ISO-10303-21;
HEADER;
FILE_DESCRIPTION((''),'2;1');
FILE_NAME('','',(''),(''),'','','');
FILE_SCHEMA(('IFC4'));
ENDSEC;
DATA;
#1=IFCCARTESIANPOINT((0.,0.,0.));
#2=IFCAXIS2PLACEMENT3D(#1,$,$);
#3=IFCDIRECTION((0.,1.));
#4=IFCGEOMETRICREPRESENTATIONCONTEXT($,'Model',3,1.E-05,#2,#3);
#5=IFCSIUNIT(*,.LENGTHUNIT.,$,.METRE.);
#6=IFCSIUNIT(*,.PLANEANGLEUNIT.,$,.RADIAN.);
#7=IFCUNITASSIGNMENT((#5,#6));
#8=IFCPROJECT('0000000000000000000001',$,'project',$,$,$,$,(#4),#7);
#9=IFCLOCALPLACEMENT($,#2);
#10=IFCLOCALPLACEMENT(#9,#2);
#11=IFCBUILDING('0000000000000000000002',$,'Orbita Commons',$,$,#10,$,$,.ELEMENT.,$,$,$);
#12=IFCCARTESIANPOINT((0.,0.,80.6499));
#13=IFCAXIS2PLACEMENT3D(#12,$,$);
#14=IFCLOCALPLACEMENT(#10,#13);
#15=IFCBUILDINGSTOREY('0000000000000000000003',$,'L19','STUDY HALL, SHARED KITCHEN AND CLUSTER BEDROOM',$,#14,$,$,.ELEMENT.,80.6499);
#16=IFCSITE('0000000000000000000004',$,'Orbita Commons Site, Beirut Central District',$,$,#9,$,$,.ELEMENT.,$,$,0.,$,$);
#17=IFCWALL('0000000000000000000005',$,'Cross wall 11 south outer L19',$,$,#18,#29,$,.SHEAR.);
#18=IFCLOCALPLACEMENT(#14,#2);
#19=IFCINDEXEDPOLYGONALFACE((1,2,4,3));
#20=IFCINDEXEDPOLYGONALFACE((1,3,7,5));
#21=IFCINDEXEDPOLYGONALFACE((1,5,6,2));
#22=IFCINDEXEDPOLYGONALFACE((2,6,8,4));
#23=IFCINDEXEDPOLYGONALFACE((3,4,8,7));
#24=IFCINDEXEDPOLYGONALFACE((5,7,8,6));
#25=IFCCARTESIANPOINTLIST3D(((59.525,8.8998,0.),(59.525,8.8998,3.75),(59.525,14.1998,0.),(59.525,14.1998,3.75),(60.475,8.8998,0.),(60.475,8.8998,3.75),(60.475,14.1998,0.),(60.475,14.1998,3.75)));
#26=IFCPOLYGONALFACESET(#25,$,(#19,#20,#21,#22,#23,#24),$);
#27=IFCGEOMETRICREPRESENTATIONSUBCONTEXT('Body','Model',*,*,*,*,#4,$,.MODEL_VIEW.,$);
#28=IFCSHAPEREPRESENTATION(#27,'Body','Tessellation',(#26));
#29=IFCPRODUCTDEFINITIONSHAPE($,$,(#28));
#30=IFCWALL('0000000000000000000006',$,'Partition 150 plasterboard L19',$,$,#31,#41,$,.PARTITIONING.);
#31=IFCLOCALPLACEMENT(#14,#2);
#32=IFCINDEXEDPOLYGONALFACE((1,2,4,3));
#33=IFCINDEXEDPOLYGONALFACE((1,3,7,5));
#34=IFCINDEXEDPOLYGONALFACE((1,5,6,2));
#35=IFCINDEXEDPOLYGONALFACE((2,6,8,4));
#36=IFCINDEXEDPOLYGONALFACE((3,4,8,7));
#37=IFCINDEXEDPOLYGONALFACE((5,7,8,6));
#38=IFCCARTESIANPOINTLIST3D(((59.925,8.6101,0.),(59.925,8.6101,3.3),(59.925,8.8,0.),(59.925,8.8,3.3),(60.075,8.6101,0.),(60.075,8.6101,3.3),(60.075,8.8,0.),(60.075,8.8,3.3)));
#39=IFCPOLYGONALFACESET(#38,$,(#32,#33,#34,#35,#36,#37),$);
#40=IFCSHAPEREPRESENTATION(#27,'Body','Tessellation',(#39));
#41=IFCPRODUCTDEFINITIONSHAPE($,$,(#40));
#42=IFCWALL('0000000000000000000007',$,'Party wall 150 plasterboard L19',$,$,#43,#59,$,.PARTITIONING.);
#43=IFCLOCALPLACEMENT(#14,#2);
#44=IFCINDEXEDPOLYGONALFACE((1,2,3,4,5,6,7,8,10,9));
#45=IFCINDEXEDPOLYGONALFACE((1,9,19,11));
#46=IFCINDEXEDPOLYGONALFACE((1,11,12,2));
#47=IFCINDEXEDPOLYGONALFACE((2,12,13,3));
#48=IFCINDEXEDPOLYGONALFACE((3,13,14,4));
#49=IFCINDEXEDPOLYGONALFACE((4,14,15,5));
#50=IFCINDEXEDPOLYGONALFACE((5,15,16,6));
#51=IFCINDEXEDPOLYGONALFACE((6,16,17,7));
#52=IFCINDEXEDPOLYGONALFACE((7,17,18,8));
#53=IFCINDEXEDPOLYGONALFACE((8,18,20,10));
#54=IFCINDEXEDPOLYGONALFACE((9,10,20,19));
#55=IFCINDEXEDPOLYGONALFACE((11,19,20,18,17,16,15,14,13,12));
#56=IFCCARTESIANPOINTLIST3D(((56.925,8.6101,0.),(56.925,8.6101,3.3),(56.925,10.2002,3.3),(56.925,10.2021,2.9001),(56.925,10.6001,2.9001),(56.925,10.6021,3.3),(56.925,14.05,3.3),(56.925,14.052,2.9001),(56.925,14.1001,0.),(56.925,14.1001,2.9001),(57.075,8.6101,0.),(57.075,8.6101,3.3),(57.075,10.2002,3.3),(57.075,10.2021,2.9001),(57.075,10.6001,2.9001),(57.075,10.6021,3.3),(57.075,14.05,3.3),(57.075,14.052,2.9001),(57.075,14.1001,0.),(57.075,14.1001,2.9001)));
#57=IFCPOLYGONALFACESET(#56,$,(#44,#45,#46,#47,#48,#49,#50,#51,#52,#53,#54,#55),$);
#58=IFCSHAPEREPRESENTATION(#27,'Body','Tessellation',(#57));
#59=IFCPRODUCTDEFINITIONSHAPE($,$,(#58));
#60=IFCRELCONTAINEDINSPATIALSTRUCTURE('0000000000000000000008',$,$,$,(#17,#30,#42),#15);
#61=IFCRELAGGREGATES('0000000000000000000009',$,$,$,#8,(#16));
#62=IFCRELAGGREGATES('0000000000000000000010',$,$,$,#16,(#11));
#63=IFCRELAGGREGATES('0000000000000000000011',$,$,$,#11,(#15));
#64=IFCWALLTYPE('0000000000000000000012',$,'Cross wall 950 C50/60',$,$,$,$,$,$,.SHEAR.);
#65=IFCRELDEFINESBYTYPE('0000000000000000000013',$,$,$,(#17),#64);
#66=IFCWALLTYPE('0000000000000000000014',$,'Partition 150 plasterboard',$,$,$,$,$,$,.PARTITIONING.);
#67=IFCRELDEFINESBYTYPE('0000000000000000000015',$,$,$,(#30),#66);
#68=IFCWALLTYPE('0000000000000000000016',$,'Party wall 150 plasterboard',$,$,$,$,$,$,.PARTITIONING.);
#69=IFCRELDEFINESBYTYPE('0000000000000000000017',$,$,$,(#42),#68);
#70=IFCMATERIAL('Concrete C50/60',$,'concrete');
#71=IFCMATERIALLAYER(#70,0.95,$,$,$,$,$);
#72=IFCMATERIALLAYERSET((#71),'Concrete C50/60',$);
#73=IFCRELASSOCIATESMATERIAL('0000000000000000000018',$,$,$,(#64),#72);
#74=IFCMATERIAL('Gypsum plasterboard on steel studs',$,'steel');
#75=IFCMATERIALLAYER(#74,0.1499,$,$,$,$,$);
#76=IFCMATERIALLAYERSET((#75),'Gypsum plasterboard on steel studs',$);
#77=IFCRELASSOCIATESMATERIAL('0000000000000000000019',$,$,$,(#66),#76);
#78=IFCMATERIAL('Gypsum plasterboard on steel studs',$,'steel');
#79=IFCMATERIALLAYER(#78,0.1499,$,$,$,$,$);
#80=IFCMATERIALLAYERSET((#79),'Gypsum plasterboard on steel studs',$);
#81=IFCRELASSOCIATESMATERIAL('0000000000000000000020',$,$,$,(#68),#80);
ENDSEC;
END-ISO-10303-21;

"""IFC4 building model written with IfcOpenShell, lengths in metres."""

from ifc_helpers import new_model, si_unit, direction, frame, frame_2d, origin, place, context, subcontext, project, spatial, polyline, rectangle, outline, extrude, material, layer, layer_set, type_object, element, save


model = new_model("IFC4")

# Units and contexts
model_context = context("Model", 3, precision=1e-05, world=origin(), true_north=direction((0.0, 1.0)))
body_context = subcontext(model_context, "Body", "Model", "MODEL_VIEW")
ifc_project = project(units=[si_unit("LENGTHUNIT", "METRE"), si_unit("PLANEANGLEUNIT", "RADIAN")], contexts=[model_context])

# Site, building, storey
site_placement = place(None, origin())
site = spatial("IfcSite", under=ifc_project, at=site_placement, Name="Orbita Commons Site, Beirut Central District", CompositionType="ELEMENT", RefElevation=0.0)
building_placement = place(site_placement, origin())
building = spatial("IfcBuilding", under=site, at=building_placement, Name="Orbita Commons", CompositionType="ELEMENT")
storey_placement = place(building_placement, frame((0.0, 0.0, 80.6499)))
storey = spatial("IfcBuildingStorey", under=building, at=storey_placement, Name="L19", Description="STUDY HALL, SHARED KITCHEN AND CLUSTER BEDROOM", CompositionType="ELEMENT", Elevation=80.6499)

# Walls
ifc_material_1 = material(Name="Concrete C50/60", Category="concrete")
ifc_layer_1 = layer(ifc_material_1, 0.95)
ifc_layer_set_1 = layer_set([ifc_layer_1], Name="Concrete C50/60")
wall_type_1 = type_object("IfcWallType", Name="Cross wall 950 C50/60", PredefinedType="SHEAR", material=ifc_layer_set_1)
wall_1_placement = place(storey_placement, frame((60.0, 8.8999, 0.0), z_axis=(0.0, 0.0, 1.0), x_axis=(0.0, 1.0, 0.0)))
element("IfcWall", 1, at=wall_1_placement, inside=storey, type_object=wall_type_1, Name="Cross wall 11 south outer L19", PredefinedType="SHEAR", context=body_context, shape_type="SweptSolid", body=[
    extrude(rectangle(XDim=5.3, YDim=0.95, at=frame_2d((2.6499, 0.0))), origin(), (0.0, 0.0, 1.0), 3.75),
])
ifc_material_2 = material(Name="Gypsum plasterboard on steel studs", Category="steel")
ifc_layer_2 = layer(ifc_material_2, 0.1499)
ifc_layer_set_2 = layer_set([ifc_layer_2], Name="Gypsum plasterboard on steel studs")
wall_type_2 = type_object("IfcWallType", Name="Partition 150 plasterboard", PredefinedType="PARTITIONING", material=ifc_layer_set_2)
wall_2_placement = place(storey_placement, frame((60.0, 8.8, 0.0), z_axis=(0.0, 0.0, 1.0), x_axis=(0.0, -1.0, 0.0)))
element("IfcWall", 2, at=wall_2_placement, inside=storey, type_object=wall_type_2, Name="Partition 150 plasterboard L19", PredefinedType="PARTITIONING", context=body_context, shape_type="SweptSolid", body=[
    extrude(rectangle(XDim=0.1899, YDim=0.1499, at=frame_2d((0.095, 0.0))), origin(), (0.0, 0.0, 1.0), 3.3),
])
ifc_material_3 = material(Name="Gypsum plasterboard on steel studs", Category="steel")
ifc_layer_3 = layer(ifc_material_3, 0.1499)
ifc_layer_set_3 = layer_set([ifc_layer_3], Name="Gypsum plasterboard on steel studs")
wall_type_3 = type_object("IfcWallType", Name="Party wall 150 plasterboard", PredefinedType="PARTITIONING", material=ifc_layer_set_3)
wall_3_placement = place(storey_placement, frame((57.0, 8.6101, 0.0), z_axis=(0.0, 0.0, 1.0), x_axis=(0.0, 1.0, 0.0)))
element("IfcWall", 3, at=wall_3_placement, inside=storey, type_object=wall_type_3, Name="Party wall 150 plasterboard L19", PredefinedType="PARTITIONING", context=body_context, shape_type="SweptSolid", body=[
    extrude(outline(polyline([(0.0, 0.0), (5.49, 0.0), (5.49, 2.9001), (5.4419, 2.9001), (5.4399, 3.3), (1.9919, 3.3), (1.99, 2.9001), (1.592, 2.9001), (1.5901, 3.3), (0.0, 3.3), (0.0, 0.0)])), frame((0.0, 0.075, 0.0), z_axis=(0.0, -1.0, 0.0), x_axis=(1.0, 0.0, 0.0)), (0.0, 0.0, 1.0), 0.1499),
])

save(model, "model.ifc")
